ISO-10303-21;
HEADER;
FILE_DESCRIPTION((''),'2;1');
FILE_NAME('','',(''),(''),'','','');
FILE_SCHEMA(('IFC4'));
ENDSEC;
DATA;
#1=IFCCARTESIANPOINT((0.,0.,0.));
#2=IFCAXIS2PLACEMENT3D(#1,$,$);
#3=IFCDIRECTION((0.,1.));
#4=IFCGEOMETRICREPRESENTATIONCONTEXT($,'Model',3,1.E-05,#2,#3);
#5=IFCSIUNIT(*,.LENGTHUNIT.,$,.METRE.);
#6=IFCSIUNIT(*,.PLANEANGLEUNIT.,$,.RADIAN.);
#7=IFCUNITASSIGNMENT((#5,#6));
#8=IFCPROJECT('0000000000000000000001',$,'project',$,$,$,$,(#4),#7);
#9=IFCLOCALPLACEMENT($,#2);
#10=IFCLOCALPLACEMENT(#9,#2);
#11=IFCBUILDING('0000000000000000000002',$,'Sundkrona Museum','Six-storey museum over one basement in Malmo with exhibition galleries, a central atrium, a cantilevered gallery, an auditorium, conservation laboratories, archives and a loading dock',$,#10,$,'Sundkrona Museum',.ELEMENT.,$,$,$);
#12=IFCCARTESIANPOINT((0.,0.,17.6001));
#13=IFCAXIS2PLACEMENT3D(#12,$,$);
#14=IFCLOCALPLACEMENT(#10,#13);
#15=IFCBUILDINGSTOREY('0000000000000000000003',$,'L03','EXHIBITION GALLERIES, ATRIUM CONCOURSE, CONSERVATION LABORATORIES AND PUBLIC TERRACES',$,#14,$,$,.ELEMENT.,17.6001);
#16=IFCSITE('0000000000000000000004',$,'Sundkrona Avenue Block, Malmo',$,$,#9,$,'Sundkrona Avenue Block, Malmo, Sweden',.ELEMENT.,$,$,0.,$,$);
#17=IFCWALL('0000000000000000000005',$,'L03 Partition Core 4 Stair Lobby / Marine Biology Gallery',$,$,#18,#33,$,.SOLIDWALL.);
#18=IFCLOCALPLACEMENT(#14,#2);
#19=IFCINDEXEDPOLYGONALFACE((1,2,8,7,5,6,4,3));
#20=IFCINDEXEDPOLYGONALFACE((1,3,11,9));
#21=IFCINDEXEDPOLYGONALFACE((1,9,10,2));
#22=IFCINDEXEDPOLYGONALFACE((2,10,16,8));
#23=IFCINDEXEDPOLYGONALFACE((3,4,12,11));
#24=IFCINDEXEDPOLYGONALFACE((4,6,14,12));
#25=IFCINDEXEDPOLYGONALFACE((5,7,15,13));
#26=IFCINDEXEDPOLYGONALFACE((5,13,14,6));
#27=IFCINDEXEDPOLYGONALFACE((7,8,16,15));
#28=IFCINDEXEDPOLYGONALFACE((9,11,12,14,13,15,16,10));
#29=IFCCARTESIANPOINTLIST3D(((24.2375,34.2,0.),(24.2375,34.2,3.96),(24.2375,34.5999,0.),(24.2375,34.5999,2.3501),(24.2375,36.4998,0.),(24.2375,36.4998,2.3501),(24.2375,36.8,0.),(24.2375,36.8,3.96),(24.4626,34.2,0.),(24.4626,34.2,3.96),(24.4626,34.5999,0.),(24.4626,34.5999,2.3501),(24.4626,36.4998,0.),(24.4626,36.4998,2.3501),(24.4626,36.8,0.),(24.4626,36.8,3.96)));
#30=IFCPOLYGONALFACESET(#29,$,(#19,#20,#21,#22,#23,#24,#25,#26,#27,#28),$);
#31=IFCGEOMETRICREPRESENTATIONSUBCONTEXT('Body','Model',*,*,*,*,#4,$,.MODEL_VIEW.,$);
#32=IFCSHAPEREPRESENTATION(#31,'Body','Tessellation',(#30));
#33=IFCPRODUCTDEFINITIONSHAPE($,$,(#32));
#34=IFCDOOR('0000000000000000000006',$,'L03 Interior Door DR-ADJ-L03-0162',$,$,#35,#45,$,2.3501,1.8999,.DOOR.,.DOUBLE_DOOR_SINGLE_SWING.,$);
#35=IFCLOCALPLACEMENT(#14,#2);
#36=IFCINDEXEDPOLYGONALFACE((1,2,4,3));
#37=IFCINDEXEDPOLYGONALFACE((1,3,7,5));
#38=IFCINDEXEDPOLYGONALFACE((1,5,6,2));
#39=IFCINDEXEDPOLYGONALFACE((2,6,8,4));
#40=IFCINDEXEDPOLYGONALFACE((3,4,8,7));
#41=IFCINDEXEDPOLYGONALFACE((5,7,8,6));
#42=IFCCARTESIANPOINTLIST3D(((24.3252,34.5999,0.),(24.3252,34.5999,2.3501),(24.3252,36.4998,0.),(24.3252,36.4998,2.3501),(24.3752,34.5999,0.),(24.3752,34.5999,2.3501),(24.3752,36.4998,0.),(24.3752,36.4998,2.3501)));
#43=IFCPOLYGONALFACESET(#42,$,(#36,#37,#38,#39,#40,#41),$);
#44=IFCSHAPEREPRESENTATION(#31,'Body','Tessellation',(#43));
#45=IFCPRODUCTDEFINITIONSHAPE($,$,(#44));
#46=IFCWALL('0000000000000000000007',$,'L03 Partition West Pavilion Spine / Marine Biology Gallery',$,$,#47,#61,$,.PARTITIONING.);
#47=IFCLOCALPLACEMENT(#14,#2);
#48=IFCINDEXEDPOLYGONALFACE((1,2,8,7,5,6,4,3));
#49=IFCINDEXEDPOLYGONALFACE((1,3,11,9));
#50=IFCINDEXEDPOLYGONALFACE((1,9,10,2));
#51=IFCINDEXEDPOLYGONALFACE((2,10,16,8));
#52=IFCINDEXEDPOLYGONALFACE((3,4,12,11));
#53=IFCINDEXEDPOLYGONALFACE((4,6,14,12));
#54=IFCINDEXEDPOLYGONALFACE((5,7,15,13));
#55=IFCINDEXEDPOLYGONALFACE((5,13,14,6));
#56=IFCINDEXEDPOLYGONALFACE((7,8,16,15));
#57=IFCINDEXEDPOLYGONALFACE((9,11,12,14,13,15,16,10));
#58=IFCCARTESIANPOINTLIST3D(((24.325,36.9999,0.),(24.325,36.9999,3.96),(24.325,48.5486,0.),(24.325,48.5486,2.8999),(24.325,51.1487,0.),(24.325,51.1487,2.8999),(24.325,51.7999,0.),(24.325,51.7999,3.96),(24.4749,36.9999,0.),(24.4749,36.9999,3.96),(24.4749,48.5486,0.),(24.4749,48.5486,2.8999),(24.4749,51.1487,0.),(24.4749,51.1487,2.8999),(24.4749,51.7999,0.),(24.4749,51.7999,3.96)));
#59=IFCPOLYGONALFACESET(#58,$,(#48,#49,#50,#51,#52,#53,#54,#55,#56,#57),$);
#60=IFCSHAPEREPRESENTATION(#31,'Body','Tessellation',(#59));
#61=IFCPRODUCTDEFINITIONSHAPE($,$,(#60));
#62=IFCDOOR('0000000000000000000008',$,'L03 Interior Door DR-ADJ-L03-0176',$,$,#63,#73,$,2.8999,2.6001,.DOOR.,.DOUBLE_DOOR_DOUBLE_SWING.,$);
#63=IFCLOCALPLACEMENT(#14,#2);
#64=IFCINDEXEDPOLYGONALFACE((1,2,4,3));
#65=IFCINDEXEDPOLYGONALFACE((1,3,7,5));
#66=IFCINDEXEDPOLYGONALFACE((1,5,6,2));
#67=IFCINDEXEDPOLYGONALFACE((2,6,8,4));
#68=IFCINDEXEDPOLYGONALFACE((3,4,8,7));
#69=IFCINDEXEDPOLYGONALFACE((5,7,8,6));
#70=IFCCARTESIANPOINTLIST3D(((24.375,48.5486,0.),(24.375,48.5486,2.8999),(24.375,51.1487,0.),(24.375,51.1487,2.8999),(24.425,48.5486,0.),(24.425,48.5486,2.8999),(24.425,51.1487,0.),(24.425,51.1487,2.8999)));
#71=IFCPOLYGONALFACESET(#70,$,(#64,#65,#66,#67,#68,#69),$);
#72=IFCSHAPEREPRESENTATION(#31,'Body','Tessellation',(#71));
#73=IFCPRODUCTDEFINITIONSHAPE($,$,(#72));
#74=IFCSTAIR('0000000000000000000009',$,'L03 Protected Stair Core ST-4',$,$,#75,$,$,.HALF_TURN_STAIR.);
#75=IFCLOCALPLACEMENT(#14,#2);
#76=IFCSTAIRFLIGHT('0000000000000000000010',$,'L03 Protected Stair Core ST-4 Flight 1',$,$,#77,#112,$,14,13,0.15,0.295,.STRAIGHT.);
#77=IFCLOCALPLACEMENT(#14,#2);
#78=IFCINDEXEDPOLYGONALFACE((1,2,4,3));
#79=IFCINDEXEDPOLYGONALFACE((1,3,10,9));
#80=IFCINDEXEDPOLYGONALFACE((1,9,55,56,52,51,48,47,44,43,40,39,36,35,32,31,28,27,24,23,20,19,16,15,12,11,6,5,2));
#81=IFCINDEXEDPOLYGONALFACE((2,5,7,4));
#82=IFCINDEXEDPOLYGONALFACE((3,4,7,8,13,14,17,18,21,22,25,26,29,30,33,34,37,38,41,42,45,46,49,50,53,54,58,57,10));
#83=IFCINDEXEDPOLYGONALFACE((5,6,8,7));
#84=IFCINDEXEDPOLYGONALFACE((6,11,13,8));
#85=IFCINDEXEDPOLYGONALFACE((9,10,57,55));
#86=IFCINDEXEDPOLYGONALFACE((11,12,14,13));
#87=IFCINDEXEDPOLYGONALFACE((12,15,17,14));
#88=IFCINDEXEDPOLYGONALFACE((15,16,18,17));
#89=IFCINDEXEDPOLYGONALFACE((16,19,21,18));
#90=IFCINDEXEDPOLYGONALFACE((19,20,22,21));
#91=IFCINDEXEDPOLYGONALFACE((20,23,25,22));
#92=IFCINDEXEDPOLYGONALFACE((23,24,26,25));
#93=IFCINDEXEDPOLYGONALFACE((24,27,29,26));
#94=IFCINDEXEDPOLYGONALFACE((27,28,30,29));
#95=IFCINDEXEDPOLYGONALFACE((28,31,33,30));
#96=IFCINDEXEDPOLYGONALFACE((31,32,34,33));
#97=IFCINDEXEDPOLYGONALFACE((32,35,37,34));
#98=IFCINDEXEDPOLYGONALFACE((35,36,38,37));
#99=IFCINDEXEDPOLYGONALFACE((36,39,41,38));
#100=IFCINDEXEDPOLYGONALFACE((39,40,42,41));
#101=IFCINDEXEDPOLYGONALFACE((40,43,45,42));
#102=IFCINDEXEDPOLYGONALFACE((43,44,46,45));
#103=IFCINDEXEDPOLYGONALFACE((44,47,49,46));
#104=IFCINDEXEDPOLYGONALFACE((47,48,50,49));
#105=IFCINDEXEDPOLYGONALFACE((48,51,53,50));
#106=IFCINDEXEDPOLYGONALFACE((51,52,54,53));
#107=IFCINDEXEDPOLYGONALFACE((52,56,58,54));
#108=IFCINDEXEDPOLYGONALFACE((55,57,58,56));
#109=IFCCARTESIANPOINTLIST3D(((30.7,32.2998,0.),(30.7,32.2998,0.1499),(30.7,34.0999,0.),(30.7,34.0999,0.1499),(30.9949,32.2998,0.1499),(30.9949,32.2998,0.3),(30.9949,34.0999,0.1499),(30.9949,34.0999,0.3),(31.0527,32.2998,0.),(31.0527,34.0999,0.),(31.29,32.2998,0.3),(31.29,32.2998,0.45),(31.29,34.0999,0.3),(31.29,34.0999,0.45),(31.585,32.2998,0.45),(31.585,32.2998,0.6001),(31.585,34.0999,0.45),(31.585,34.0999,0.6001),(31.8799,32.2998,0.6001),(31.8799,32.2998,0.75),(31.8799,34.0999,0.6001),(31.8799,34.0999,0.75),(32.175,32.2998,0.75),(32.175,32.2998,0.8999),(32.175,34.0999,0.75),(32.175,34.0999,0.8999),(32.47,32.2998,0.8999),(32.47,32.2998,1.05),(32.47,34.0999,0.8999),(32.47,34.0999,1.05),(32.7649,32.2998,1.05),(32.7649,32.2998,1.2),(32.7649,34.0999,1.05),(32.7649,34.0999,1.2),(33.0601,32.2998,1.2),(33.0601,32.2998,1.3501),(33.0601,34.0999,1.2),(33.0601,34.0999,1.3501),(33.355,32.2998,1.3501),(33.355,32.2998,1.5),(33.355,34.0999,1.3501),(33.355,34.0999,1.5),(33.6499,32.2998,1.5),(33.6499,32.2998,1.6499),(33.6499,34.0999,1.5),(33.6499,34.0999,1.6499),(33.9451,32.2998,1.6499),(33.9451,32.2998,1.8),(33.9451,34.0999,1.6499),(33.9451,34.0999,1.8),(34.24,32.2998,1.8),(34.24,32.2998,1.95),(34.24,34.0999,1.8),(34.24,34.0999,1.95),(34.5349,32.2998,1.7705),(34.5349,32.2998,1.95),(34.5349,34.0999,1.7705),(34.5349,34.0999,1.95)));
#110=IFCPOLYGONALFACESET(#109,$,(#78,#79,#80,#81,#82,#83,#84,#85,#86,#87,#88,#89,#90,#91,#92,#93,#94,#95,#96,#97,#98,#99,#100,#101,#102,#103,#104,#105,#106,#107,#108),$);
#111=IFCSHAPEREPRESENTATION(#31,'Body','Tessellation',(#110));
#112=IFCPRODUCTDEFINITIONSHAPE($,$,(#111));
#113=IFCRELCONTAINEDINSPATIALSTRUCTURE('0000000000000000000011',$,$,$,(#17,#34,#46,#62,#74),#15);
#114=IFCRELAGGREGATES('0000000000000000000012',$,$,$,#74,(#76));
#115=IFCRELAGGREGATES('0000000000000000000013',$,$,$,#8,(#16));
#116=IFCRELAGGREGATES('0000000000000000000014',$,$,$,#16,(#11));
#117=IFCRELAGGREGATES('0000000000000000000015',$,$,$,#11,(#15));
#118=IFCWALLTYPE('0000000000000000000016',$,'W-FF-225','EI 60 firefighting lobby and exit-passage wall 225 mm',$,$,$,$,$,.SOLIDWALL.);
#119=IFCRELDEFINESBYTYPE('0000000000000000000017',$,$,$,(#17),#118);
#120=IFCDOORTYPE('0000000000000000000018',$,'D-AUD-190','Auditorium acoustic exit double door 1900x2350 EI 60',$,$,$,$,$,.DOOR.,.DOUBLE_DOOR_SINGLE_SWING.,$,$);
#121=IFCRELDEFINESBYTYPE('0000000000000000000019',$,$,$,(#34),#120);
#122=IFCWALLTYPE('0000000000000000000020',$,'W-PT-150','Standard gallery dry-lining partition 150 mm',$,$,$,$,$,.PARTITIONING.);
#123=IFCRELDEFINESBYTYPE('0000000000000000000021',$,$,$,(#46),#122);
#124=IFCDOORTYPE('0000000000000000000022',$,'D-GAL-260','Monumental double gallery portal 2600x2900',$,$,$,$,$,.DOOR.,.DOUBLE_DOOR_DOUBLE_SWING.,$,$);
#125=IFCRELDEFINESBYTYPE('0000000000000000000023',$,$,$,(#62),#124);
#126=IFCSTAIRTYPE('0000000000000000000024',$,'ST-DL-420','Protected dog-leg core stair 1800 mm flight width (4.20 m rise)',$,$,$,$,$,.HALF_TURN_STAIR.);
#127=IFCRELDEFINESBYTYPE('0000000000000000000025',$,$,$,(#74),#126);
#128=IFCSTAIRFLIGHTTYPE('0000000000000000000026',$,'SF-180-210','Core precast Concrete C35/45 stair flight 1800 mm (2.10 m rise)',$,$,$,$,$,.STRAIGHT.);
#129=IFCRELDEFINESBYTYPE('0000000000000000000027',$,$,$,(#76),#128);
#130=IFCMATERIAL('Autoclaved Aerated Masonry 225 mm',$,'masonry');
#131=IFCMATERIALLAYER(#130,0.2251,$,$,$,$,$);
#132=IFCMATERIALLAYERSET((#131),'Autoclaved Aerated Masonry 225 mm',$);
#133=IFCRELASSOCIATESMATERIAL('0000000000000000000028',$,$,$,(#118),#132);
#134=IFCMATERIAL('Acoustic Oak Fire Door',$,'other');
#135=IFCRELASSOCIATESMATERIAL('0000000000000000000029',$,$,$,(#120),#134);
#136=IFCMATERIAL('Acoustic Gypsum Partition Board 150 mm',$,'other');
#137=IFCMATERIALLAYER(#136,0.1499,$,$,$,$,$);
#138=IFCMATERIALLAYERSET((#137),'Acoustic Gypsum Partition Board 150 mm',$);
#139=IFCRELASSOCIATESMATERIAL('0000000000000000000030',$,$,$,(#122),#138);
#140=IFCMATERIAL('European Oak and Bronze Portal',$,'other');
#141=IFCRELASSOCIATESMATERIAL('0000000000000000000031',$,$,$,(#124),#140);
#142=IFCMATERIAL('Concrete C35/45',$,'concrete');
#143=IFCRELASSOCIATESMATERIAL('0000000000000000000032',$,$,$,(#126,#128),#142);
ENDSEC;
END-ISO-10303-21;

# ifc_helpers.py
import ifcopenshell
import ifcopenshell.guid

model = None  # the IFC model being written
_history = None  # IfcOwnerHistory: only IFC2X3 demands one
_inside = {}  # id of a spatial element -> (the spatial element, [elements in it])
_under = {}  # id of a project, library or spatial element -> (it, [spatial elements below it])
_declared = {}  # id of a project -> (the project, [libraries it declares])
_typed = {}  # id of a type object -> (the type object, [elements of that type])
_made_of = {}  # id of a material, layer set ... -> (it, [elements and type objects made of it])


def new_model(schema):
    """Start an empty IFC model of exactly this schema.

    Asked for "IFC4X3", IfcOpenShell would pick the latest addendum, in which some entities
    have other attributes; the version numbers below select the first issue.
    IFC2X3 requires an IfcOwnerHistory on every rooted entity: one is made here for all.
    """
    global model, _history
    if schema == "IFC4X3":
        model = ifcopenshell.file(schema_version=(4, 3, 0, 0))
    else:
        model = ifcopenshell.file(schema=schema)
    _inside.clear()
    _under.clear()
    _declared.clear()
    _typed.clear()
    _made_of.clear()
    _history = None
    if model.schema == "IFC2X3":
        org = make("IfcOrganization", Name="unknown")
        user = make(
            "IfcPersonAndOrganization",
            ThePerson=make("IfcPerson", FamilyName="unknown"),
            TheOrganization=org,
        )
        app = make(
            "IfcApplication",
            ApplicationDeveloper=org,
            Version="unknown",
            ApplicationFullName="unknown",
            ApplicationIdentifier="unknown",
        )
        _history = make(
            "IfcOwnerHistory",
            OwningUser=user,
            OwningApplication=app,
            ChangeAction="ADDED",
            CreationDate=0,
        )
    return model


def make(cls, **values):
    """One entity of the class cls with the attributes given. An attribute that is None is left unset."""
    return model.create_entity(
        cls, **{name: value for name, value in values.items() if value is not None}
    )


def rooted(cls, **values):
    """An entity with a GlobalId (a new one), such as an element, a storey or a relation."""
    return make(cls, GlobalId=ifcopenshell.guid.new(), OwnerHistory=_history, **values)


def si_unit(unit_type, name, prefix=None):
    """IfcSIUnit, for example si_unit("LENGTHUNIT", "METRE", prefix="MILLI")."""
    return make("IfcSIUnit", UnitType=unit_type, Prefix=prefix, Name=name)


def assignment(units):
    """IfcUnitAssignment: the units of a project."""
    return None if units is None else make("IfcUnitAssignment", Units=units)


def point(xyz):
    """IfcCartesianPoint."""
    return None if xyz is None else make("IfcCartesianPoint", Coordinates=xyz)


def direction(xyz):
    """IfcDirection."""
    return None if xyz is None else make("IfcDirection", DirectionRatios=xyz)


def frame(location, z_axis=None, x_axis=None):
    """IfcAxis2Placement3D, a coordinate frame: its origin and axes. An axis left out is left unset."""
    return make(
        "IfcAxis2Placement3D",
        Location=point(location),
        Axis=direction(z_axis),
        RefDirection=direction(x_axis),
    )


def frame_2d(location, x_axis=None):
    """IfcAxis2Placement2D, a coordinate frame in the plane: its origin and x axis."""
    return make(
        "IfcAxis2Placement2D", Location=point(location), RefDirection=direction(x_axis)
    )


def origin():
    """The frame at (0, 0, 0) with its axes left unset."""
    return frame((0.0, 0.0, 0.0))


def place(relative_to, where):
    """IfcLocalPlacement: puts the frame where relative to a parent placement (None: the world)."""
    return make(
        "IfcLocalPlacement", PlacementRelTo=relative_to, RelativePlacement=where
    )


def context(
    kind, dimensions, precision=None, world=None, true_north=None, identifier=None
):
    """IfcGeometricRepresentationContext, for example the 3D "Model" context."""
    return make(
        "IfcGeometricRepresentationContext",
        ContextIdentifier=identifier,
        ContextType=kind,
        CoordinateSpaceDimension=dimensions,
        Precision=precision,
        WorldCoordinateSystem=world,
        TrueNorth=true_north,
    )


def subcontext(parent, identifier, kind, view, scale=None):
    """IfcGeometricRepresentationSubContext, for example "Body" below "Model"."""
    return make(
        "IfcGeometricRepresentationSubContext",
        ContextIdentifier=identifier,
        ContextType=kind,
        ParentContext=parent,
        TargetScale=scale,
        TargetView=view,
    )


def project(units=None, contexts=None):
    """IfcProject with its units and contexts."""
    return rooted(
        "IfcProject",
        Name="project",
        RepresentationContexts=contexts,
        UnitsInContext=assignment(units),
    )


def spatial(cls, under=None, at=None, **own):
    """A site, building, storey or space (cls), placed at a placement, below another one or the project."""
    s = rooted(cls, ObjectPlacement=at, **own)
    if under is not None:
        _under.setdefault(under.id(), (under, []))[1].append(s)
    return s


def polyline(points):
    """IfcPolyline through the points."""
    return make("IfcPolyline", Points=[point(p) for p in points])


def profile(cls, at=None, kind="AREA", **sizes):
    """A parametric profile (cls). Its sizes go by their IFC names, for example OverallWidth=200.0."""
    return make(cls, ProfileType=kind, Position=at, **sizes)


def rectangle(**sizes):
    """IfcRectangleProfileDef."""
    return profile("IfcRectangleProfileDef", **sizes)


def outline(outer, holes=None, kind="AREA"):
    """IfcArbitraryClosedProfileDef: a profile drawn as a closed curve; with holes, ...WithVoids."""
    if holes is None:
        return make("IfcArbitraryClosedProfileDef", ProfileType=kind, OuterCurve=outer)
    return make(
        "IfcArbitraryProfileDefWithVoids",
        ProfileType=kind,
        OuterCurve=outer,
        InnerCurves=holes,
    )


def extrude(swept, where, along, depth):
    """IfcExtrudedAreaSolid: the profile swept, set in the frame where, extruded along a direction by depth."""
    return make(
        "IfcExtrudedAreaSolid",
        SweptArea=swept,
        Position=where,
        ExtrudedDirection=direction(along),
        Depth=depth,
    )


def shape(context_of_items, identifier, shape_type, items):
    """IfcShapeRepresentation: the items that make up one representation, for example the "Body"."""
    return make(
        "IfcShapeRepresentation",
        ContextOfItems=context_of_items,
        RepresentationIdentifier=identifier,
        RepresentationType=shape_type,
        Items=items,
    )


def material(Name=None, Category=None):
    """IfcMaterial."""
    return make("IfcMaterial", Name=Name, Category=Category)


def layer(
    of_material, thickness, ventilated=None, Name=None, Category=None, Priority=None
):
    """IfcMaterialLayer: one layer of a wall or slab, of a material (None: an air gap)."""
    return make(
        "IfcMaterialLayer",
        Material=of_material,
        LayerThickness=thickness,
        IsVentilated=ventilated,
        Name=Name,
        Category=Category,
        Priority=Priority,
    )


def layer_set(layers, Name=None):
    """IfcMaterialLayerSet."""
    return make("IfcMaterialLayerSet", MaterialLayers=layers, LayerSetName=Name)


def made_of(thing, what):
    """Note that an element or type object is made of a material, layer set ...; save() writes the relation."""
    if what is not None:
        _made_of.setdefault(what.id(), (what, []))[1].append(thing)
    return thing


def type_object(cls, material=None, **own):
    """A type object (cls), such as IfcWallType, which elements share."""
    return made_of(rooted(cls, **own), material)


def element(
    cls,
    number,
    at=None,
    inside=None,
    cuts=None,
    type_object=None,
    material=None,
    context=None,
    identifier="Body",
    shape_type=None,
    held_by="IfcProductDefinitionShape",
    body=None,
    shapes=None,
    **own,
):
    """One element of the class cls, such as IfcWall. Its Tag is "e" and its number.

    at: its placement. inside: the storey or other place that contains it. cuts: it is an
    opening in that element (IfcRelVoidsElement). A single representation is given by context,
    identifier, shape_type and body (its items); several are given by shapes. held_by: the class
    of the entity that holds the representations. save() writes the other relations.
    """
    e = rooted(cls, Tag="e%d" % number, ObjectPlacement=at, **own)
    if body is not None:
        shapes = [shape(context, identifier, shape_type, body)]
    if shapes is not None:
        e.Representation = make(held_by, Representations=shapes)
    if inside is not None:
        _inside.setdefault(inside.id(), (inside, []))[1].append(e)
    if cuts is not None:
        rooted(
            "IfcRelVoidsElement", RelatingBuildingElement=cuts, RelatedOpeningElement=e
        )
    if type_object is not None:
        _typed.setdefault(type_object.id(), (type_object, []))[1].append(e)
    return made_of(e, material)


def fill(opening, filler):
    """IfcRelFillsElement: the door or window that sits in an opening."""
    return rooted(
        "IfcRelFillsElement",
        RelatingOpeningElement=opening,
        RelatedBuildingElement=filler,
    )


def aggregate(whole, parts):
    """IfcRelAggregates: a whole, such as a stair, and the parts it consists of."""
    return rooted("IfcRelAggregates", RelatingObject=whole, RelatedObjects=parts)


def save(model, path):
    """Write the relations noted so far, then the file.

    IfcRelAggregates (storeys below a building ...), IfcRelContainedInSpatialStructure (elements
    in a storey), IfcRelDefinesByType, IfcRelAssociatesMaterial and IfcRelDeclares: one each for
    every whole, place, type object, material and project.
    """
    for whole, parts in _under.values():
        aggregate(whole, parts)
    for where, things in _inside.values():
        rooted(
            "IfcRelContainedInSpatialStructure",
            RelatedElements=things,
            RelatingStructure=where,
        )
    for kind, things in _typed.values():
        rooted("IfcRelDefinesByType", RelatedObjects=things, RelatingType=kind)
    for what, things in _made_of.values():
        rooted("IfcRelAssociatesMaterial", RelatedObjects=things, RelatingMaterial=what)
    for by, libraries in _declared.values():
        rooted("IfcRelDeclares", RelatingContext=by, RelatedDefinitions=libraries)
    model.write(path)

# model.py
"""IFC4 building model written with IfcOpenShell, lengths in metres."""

from ifc_helpers import new_model, si_unit, direction, frame, frame_2d, origin, place, context, subcontext, project, spatial, polyline, rectangle, outline, extrude, material, layer, layer_set, type_object, element, fill, aggregate, save


model = new_model("IFC4")

# Units and contexts
model_context = context("Model", 3, precision=1e-05, world=origin(), true_north=direction((0.0, 1.0)))
body_context = subcontext(model_context, "Body", "Model", "MODEL_VIEW")
ifc_project = project(units=[si_unit("LENGTHUNIT", "METRE"), si_unit("PLANEANGLEUNIT", "RADIAN")], contexts=[model_context])

# Site, building, storey
site_placement = place(None, origin())
site = spatial("IfcSite", under=ifc_project, at=site_placement, Name="Sundkrona Avenue Block, Malmo", LongName="Sundkrona Avenue Block, Malmo, Sweden", CompositionType="ELEMENT", RefElevation=0.0)
building_placement = place(site_placement, origin())
building = spatial("IfcBuilding", under=site, at=building_placement, Name="Sundkrona Museum", Description="Six-storey museum over one basement in Malmo with exhibition galleries, a central atrium, a cantilevered gallery, an auditorium, conservation laboratories, archives and a loading dock", LongName="Sundkrona Museum", CompositionType="ELEMENT")
storey_placement = place(building_placement, frame((0.0, 0.0, 17.6001)))
storey = spatial("IfcBuildingStorey", under=building, at=storey_placement, Name="L03", Description="EXHIBITION GALLERIES, ATRIUM CONCOURSE, CONSERVATION LABORATORIES AND PUBLIC TERRACES", CompositionType="ELEMENT", Elevation=17.6001)

# Walls, openings, doors
ifc_material_1 = material(Name="Autoclaved Aerated Masonry 225 mm", Category="masonry")
ifc_layer_1 = layer(ifc_material_1, 0.2251)
ifc_layer_set_1 = layer_set([ifc_layer_1], Name="Autoclaved Aerated Masonry 225 mm")
wall_type_1 = type_object("IfcWallType", Name="W-FF-225", Description="EI 60 firefighting lobby and exit-passage wall 225 mm", PredefinedType="SOLIDWALL", material=ifc_layer_set_1)
ifc_material_2 = material(Name="Acoustic Oak Fire Door", Category="other")
door_type_1 = type_object("IfcDoorType", Name="D-AUD-190", Description="Auditorium acoustic exit double door 1900x2350 EI 60", OperationType="DOUBLE_DOOR_SINGLE_SWING", PredefinedType="DOOR", material=ifc_material_2)
wall_1_placement = place(storey_placement, frame((24.3501, 34.2, 0.0), z_axis=(0.0, 0.0, 1.0), x_axis=(0.0, 1.0, 0.0)))
wall_1 = element("IfcWall", 1, at=wall_1_placement, inside=storey, type_object=wall_type_1, Name="L03 Partition Core 4 Stair Lobby / Marine Biology Gallery", PredefinedType="SOLIDWALL", context=body_context, shape_type="SweptSolid", body=[
    extrude(rectangle(XDim=2.6001, YDim=0.2251, at=frame_2d((1.3, 0.0))), origin(), (0.0, 0.0, 1.0), 3.96),
])
opening_1_placement = place(wall_1_placement, frame((0.3999, 0.0, 0.0)))
opening_1 = element("IfcOpeningElement", 2, at=opening_1_placement, cuts=wall_1, PredefinedType="OPENING", context=body_context, shape_type="SweptSolid", body=[
    extrude(rectangle(XDim=1.8999, YDim=2.3501, at=frame_2d((0.95, 1.175))), frame((0.0, 0.1226, 0.0), z_axis=(0.0, -1.0, 0.0), x_axis=(1.0, 0.0, 0.0)), (0.0, 0.0, 1.0), 0.2451),
])
door_1_placement = place(opening_1_placement, origin())
door_1 = element("IfcDoor", 3, at=door_1_placement, inside=storey, type_object=door_type_1, Name="L03 Interior Door DR-ADJ-L03-0162", OperationType="DOUBLE_DOOR_SINGLE_SWING", OverallHeight=2.3501, OverallWidth=1.8999, PredefinedType="DOOR", context=body_context, shape_type="SweptSolid", body=[
    extrude(rectangle(XDim=1.8999, YDim=2.3501, at=frame_2d((0.95, 1.175))), frame((0.0, 0.0249, 0.0), z_axis=(0.0, -1.0, 0.0), x_axis=(1.0, 0.0, 0.0)), (0.0, 0.0, 1.0), 0.05),
])
fill(opening_1, door_1)
ifc_material_3 = material(Name="Acoustic Gypsum Partition Board 150 mm", Category="other")
ifc_layer_2 = layer(ifc_material_3, 0.1499)
ifc_layer_set_2 = layer_set([ifc_layer_2], Name="Acoustic Gypsum Partition Board 150 mm")
wall_type_2 = type_object("IfcWallType", Name="W-PT-150", Description="Standard gallery dry-lining partition 150 mm", PredefinedType="PARTITIONING", material=ifc_layer_set_2)
wall_2_placement = place(storey_placement, frame((24.3999, 37.0, 0.0), z_axis=(0.0, 0.0, 1.0), x_axis=(0.0, 1.0, 0.0)))
wall_2 = element("IfcWall", 4, at=wall_2_placement, inside=storey, type_object=wall_type_2, Name="L03 Partition West Pavilion Spine / Marine Biology Gallery", PredefinedType="PARTITIONING", context=body_context, shape_type="SweptSolid", body=[
    extrude(rectangle(XDim=14.8, YDim=0.1499, at=frame_2d((7.3999, 0.0))), origin(), (0.0, 0.0, 1.0), 3.96),
])
opening_2_placement = place(wall_2_placement, frame((11.5486, 0.0, 0.0)))
opening_2 = element("IfcOpeningElement", 5, at=opening_2_placement, cuts=wall_2, PredefinedType="OPENING", context=body_context, shape_type="SweptSolid", body=[
    extrude(rectangle(XDim=2.6001, YDim=2.8999, at=frame_2d((1.3, 1.45))), frame((0.0, 0.085, 0.0), z_axis=(0.0, -1.0, 0.0), x_axis=(1.0, 0.0, 0.0)), (0.0, 0.0, 1.0), 0.1699),
])
ifc_material_4 = material(Name="European Oak and Bronze Portal", Category="other")
door_type_2 = type_object("IfcDoorType", Name="D-GAL-260", Description="Monumental double gallery portal 2600x2900", OperationType="DOUBLE_DOOR_DOUBLE_SWING", PredefinedType="DOOR", material=ifc_material_4)
door_2_placement = place(opening_2_placement, origin())
door_2 = element("IfcDoor", 6, at=door_2_placement, inside=storey, type_object=door_type_2, Name="L03 Interior Door DR-ADJ-L03-0176", OperationType="DOUBLE_DOOR_DOUBLE_SWING", OverallHeight=2.8999, OverallWidth=2.6001, PredefinedType="DOOR", context=body_context, shape_type="SweptSolid", body=[
    extrude(rectangle(XDim=2.6001, YDim=2.8999, at=frame_2d((1.3, 1.45))), frame((0.0, 0.0249, 0.0), z_axis=(0.0, -1.0, 0.0), x_axis=(1.0, 0.0, 0.0)), (0.0, 0.0, 1.0), 0.05),
])
fill(opening_2, door_2)

# Stair, stair flight
ifc_material_5 = material(Name="Concrete C35/45", Category="concrete")
stair_type = type_object("IfcStairType", Name="ST-DL-420", Description="Protected dog-leg core stair 1800 mm flight width (4.20 m rise)", PredefinedType="HALF_TURN_STAIR", material=ifc_material_5)
stair_placement = place(storey_placement, origin())
stair = element("IfcStair", 7, at=stair_placement, inside=storey, type_object=stair_type, Name="L03 Protected Stair Core ST-4", PredefinedType="HALF_TURN_STAIR")
stair_flight_type = type_object("IfcStairFlightType", Name="SF-180-210", Description="Core precast Concrete C35/45 stair flight 1800 mm (2.10 m rise)", PredefinedType="STRAIGHT", material=ifc_material_5)
stair_flight_placement = place(storey_placement, frame((30.7, 33.2, 0.0), z_axis=(0.0, 0.0, 1.0), x_axis=(1.0, 0.0, 0.0)))
stair_flight = element("IfcStairFlight", 8, at=stair_flight_placement, type_object=stair_flight_type, Name="L03 Protected Stair Core ST-4 Flight 1", NumberOfRisers=14, NumberOfTreads=13, PredefinedType="STRAIGHT", RiserHeight=0.15, TreadLength=0.295, context=body_context, shape_type="SweptSolid", body=[
    extrude(outline(polyline([(0.0, 0.0), (0.0, 0.1499), (0.2949, 0.1499), (0.2949, 0.3), (0.5901, 0.3), (0.5901, 0.45), (0.885, 0.45), (0.885, 0.6001), (1.1799, 0.6001), (1.1799, 0.75), (1.4751, 0.75), (1.4751, 0.8999), (1.77, 0.8999), (1.77, 1.05), (2.0649, 1.05), (2.0649, 1.2), (2.3601, 1.2), (2.3601, 1.3501), (2.655, 1.3501), (2.655, 1.5), (2.95, 1.5), (2.95, 1.6499), (3.2451, 1.6499), (3.2451, 1.8), (3.54, 1.8), (3.54, 1.95), (3.835, 1.95), (3.835, 2.1001), (3.835, 1.7705), (0.3528, 0.0), (0.0, 0.0)])), frame((0.0, 0.8999, 0.0), z_axis=(0.0, -1.0, 0.0), x_axis=(1.0, 0.0, 0.0)), (0.0, 0.0, 1.0), 1.8),
])
aggregate(stair, [stair_flight])

save(model, "model.ifc")
